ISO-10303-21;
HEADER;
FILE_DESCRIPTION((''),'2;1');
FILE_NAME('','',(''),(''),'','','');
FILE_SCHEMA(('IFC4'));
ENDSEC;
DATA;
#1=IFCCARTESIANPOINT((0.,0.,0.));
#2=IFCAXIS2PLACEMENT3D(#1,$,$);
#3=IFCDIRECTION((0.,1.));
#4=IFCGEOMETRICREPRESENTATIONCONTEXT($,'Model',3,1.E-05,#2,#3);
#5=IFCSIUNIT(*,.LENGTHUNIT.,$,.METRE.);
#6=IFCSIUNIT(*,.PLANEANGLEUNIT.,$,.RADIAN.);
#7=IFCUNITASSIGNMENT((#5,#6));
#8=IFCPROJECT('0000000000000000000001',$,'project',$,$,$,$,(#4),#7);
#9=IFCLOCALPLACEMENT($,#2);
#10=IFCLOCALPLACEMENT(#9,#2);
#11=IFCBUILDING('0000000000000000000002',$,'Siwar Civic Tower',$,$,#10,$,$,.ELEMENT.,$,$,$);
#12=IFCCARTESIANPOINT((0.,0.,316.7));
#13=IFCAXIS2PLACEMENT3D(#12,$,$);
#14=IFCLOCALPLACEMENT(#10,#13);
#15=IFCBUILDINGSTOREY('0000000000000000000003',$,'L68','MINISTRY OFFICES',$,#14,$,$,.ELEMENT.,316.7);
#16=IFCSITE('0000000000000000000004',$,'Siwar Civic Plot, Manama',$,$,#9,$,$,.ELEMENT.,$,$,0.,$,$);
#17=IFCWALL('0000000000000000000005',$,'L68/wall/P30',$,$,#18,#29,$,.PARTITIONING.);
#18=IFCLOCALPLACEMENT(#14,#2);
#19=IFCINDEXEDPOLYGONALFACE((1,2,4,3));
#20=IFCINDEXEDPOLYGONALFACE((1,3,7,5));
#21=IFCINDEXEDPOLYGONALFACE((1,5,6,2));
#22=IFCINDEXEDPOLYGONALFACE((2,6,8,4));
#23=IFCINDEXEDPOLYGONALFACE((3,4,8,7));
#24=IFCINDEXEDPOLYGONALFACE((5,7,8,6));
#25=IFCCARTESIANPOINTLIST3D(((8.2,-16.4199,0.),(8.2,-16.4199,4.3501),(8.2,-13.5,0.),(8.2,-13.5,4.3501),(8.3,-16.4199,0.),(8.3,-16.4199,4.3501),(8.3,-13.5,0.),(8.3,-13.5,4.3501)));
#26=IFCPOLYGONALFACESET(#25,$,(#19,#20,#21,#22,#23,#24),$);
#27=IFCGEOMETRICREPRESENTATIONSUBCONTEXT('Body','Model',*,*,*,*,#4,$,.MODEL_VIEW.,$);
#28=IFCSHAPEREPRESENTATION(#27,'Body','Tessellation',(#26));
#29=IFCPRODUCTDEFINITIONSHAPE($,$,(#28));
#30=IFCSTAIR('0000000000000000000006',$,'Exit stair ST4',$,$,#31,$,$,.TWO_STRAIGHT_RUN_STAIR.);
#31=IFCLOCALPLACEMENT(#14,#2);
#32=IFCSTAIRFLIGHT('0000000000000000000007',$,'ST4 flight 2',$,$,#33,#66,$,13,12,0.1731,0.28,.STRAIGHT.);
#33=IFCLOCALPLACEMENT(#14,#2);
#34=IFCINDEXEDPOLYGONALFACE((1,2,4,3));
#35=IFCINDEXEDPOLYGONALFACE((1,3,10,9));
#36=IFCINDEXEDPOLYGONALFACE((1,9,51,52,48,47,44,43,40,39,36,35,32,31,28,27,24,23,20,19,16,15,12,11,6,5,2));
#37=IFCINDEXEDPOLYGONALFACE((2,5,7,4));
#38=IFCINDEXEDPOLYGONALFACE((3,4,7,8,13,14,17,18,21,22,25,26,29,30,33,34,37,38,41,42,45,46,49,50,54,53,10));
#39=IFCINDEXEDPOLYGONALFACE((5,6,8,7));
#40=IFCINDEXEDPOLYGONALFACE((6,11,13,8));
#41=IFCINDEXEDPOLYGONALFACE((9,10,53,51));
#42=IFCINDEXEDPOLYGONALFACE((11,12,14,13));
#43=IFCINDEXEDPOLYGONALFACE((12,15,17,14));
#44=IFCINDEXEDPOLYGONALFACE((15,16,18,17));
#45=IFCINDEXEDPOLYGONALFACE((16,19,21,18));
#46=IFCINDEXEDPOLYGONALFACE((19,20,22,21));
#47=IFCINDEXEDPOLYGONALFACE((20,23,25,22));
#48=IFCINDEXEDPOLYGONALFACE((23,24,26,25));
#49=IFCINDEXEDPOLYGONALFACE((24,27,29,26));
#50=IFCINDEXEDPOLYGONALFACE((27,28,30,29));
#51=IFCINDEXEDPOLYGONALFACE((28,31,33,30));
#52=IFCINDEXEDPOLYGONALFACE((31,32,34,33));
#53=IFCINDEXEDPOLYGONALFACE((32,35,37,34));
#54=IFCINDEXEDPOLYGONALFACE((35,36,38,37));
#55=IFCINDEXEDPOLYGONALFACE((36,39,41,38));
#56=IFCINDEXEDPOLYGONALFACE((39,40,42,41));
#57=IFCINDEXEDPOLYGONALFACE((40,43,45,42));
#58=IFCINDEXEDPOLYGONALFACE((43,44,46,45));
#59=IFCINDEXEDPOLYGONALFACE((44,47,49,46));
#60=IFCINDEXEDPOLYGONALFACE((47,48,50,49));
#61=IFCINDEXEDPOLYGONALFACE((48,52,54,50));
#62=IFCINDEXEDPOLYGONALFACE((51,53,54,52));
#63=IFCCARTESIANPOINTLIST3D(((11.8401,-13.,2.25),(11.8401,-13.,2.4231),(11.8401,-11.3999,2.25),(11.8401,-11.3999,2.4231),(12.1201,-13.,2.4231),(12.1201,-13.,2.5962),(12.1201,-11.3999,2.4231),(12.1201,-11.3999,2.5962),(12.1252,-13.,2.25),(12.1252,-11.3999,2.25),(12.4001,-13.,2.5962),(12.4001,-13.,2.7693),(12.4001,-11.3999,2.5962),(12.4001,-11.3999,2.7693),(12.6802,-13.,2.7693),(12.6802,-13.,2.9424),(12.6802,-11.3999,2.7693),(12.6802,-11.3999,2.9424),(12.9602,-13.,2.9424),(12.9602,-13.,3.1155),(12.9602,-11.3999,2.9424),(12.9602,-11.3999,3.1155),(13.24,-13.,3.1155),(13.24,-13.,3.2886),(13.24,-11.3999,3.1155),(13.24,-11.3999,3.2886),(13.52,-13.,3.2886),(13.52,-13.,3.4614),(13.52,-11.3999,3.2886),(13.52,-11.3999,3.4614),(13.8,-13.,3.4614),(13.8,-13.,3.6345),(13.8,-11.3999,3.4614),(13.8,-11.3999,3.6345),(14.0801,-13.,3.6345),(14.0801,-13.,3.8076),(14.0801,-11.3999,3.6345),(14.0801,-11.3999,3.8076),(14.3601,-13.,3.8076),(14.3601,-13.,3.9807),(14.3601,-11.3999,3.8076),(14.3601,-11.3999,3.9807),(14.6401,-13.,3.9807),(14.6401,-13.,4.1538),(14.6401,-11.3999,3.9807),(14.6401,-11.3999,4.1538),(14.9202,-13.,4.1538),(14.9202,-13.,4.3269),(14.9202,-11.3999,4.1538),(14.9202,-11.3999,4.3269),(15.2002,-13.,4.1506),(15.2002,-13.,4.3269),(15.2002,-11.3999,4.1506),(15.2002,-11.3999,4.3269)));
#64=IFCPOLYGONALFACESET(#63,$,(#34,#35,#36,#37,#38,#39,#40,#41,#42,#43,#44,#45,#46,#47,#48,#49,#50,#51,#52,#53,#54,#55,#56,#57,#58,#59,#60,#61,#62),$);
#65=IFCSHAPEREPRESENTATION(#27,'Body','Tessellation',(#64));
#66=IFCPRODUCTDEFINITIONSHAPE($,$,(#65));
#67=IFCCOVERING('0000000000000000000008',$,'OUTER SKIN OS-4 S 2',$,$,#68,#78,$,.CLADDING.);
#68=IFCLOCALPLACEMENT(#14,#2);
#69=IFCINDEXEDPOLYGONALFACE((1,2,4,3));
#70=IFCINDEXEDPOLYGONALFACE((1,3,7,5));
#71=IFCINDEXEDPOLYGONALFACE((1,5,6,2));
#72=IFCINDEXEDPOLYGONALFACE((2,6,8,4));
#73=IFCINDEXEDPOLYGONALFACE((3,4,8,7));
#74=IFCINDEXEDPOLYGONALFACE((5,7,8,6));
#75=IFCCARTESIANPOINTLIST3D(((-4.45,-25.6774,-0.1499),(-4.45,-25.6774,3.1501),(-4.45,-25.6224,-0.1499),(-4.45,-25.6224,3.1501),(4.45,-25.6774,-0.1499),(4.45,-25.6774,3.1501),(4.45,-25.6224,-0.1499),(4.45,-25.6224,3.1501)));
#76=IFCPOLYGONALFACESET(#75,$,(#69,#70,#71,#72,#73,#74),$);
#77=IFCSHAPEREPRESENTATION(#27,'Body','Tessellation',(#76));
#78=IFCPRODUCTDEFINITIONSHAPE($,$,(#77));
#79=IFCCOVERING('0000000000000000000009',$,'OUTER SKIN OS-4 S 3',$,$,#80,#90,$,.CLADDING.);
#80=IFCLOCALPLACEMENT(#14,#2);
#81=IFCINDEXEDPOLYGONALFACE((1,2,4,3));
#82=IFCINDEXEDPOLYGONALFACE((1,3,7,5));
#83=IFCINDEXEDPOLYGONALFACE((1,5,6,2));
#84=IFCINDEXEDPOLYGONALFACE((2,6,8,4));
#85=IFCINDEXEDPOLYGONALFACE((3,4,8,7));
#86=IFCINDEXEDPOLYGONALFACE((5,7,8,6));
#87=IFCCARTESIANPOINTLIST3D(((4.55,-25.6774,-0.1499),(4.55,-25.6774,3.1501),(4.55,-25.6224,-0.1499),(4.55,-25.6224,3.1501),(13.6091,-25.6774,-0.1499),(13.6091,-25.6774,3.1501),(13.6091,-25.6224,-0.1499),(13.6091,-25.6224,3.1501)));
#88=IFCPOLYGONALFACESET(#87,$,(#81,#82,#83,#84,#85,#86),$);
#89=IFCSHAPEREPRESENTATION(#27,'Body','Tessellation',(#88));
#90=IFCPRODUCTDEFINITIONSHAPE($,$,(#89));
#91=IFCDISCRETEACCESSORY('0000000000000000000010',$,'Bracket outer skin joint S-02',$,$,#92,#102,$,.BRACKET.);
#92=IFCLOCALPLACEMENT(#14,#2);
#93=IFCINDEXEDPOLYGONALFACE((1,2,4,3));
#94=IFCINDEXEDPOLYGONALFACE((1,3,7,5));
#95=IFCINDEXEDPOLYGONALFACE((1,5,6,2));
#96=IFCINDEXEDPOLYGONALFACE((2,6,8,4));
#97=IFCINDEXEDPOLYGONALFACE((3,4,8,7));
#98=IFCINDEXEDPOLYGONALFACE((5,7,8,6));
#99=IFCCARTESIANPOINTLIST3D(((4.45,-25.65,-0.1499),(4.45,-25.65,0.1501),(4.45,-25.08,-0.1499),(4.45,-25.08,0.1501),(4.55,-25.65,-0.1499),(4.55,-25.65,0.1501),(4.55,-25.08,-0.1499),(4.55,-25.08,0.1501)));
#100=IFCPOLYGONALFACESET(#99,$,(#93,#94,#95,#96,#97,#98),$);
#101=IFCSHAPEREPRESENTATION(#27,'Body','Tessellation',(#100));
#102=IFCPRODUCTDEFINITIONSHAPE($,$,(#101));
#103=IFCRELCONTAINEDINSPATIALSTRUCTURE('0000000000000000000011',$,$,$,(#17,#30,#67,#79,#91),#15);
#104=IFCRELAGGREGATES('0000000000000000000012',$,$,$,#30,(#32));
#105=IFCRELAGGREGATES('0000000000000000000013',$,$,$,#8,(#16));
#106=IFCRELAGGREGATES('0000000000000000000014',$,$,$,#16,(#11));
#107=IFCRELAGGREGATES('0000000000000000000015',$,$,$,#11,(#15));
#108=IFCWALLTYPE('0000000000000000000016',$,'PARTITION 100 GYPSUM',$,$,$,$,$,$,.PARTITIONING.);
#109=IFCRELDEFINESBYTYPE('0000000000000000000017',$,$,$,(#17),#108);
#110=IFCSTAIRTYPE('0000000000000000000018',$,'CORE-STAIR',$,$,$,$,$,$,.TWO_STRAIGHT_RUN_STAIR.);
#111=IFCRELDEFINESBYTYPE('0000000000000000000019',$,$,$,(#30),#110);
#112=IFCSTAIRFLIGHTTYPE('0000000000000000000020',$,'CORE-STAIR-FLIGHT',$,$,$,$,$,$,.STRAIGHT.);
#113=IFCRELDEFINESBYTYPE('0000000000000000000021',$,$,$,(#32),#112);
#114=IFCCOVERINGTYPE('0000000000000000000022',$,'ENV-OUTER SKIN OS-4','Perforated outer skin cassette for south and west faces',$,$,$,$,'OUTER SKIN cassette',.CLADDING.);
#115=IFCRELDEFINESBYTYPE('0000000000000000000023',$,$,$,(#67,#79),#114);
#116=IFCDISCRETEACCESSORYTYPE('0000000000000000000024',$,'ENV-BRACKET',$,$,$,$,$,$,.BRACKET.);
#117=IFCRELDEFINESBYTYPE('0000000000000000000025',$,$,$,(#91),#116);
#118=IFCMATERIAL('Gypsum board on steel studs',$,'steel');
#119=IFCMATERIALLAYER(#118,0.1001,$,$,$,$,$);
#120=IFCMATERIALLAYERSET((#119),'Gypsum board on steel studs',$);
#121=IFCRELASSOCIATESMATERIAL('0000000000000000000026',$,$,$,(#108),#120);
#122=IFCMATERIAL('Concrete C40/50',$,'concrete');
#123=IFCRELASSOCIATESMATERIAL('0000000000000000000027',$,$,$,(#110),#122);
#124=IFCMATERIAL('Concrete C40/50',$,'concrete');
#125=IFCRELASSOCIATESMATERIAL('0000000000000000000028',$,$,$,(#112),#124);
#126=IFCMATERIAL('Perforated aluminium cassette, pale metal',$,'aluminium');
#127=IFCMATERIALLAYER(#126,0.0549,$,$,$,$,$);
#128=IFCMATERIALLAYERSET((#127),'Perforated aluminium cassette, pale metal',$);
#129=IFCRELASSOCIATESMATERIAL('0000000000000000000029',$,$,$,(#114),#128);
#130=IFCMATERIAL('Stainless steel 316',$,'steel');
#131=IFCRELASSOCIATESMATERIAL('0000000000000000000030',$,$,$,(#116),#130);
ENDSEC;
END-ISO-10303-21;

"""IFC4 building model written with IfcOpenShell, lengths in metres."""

from ifc_helpers import new_model, si_unit, direction, frame, frame_2d, origin, origin_2d, place, context, subcontext, project, spatial, polyline, rectangle, outline, extrude, material, layer, layer_set, type_object, element, aggregate, save


model = new_model("IFC4")

# Units and contexts
model_context = context("Model", 3, precision=1e-05, world=origin(), true_north=direction((0.0, 1.0)))
body_context = subcontext(model_context, "Body", "Model", "MODEL_VIEW")
ifc_project = project(units=[si_unit("LENGTHUNIT", "METRE"), si_unit("PLANEANGLEUNIT", "RADIAN")], contexts=[model_context])

# Site, building, storey
site_placement = place(None, origin())
site = spatial("IfcSite", under=ifc_project, at=site_placement, Name="Siwar Civic Plot, Manama", CompositionType="ELEMENT", RefElevation=0.0)
building_placement = place(site_placement, origin())
building = spatial("IfcBuilding", under=site, at=building_placement, Name="Siwar Civic Tower", CompositionType="ELEMENT")
storey_placement = place(building_placement, frame((0.0, 0.0, 316.7)))
storey = spatial("IfcBuildingStorey", under=building, at=storey_placement, Name="L68", Description="MINISTRY OFFICES", CompositionType="ELEMENT", Elevation=316.7)

# Wall
ifc_material_1 = material(Name="Gypsum board on steel studs", Category="steel")
ifc_layer_1 = layer(ifc_material_1, 0.1001)
ifc_layer_set_1 = layer_set([ifc_layer_1], Name="Gypsum board on steel studs")
wall_type_1 = type_object("IfcWallType", Name="PARTITION 100 GYPSUM", PredefinedType="PARTITIONING", material=ifc_layer_set_1)
wall_1_placement = place(storey_placement, frame((8.25, -16.4199, 0.0), z_axis=(0.0, 0.0, 1.0), x_axis=(0.0, 1.0, 0.0)))
element("IfcWall", 1, at=wall_1_placement, inside=storey, type_object=wall_type_1, Name="L68/wall/P30", PredefinedType="PARTITIONING", context=body_context, shape_type="SweptSolid", body=[
    extrude(rectangle(XDim=2.9199, YDim=0.1001, at=frame_2d((1.46, 0.0))), origin(), (0.0, 0.0, 1.0), 4.3501),
])

# Stair, stair flight
ifc_material_2 = material(Name="Concrete C40/50", Category="concrete")
stair_type = type_object("IfcStairType", Name="CORE-STAIR", PredefinedType="TWO_STRAIGHT_RUN_STAIR", material=ifc_material_2)
stair_placement = place(storey_placement, origin())
stair = element("IfcStair", 2, at=stair_placement, inside=storey, type_object=stair_type, Name="Exit stair ST4", PredefinedType="TWO_STRAIGHT_RUN_STAIR")
ifc_material_3 = material(Name="Concrete C40/50", Category="concrete")
stair_flight_type = type_object("IfcStairFlightType", Name="CORE-STAIR-FLIGHT", PredefinedType="STRAIGHT", material=ifc_material_3)
stair_flight_placement = place(storey_placement, frame((11.8401, -12.2, 2.25), z_axis=(0.0, 0.0, 1.0), x_axis=(1.0, 0.0, 0.0)))
stair_flight = element("IfcStairFlight", 3, at=stair_flight_placement, type_object=stair_flight_type, Name="ST4 flight 2", NumberOfRisers=13, NumberOfTreads=12, PredefinedType="STRAIGHT", RiserHeight=0.1731, TreadLength=0.28, context=body_context, shape_type="SweptSolid", body=[
    extrude(outline(polyline([(0.0, 0.0), (0.0, 0.1731), (0.28, 0.1731), (0.28, 0.3462), (0.5601, 0.3462), (0.5601, 0.5193), (0.8401, 0.5193), (0.8401, 0.6924), (1.1201, 0.6924), (1.1201, 0.8655), (1.3999, 0.8655), (1.3999, 1.0386), (1.6799, 1.0386), (1.6799, 1.2114), (1.96, 1.2114), (1.96, 1.3845), (2.24, 1.3845), (2.24, 1.5576), (2.52, 1.5576), (2.52, 1.7307), (2.8, 1.7307), (2.8, 1.9038), (3.0801, 1.9038), (3.0801, 2.0769), (3.3601, 2.0769), (3.3601, 2.25), (3.3601, 1.9006), (0.2852, 0.0), (0.0, 0.0)])), frame((0.0, 0.8, 0.0), z_axis=(0.0, -1.0, 0.0), x_axis=(1.0, 0.0, 0.0)), (0.0, 0.0, 1.0), 1.6001),
])
aggregate(stair, [stair_flight])

# Coverings
ifc_material_4 = material(Name="Perforated aluminium cassette, pale metal", Category="aluminium")
ifc_layer_2 = layer(ifc_material_4, 0.0549)
ifc_layer_set_2 = layer_set([ifc_layer_2], Name="Perforated aluminium cassette, pale metal")
covering_type = type_object("IfcCoveringType", Name="ENV-OUTER SKIN OS-4", Description="Perforated outer skin cassette for south and west faces", ElementType="OUTER SKIN cassette", PredefinedType="CLADDING", material=ifc_layer_set_2)
covering_1_placement = place(storey_placement, frame((0.0, -25.6499, -0.1499), z_axis=(0.0, 0.0, 1.0), x_axis=(1.0, 0.0, 0.0)))
element("IfcCovering", 4, at=covering_1_placement, inside=storey, type_object=covering_type, Name="OUTER SKIN OS-4 S 2", PredefinedType="CLADDING", context=body_context, shape_type="SweptSolid", body=[
    extrude(rectangle(XDim=8.8999, YDim=0.0549, at=origin_2d()), origin(), (0.0, 0.0, 1.0), 3.3),
])
covering_2_placement = place(storey_placement, frame((9.0796, -25.6499, -0.1499), z_axis=(0.0, 0.0, 1.0), x_axis=(1.0, 0.0, 0.0)))
element("IfcCovering", 5, at=covering_2_placement, inside=storey, type_object=covering_type, Name="OUTER SKIN OS-4 S 3", PredefinedType="CLADDING", context=body_context, shape_type="SweptSolid", body=[
    extrude(rectangle(XDim=9.0591, YDim=0.0549, at=origin_2d()), origin(), (0.0, 0.0, 1.0), 3.3),
])

# Discrete accessory
ifc_material_5 = material(Name="Stainless steel 316", Category="steel")
discrete_accessory_type = type_object("IfcDiscreteAccessoryType", Name="ENV-BRACKET", PredefinedType="BRACKET", material=ifc_material_5)
discrete_accessory_placement = place(storey_placement, frame((4.5, -25.365, -0.1499), z_axis=(0.0, 0.0, 1.0), x_axis=(0.0, -1.0, 0.0)))
element("IfcDiscreteAccessory", 6, at=discrete_accessory_placement, inside=storey, type_object=discrete_accessory_type, Name="Bracket outer skin joint S-02", PredefinedType="BRACKET", context=body_context, shape_type="SweptSolid", body=[
    extrude(rectangle(XDim=0.5701, YDim=0.1001, at=origin_2d()), origin(), (0.0, 0.0, 1.0), 0.3),
])

save(model, "model.ifc")
